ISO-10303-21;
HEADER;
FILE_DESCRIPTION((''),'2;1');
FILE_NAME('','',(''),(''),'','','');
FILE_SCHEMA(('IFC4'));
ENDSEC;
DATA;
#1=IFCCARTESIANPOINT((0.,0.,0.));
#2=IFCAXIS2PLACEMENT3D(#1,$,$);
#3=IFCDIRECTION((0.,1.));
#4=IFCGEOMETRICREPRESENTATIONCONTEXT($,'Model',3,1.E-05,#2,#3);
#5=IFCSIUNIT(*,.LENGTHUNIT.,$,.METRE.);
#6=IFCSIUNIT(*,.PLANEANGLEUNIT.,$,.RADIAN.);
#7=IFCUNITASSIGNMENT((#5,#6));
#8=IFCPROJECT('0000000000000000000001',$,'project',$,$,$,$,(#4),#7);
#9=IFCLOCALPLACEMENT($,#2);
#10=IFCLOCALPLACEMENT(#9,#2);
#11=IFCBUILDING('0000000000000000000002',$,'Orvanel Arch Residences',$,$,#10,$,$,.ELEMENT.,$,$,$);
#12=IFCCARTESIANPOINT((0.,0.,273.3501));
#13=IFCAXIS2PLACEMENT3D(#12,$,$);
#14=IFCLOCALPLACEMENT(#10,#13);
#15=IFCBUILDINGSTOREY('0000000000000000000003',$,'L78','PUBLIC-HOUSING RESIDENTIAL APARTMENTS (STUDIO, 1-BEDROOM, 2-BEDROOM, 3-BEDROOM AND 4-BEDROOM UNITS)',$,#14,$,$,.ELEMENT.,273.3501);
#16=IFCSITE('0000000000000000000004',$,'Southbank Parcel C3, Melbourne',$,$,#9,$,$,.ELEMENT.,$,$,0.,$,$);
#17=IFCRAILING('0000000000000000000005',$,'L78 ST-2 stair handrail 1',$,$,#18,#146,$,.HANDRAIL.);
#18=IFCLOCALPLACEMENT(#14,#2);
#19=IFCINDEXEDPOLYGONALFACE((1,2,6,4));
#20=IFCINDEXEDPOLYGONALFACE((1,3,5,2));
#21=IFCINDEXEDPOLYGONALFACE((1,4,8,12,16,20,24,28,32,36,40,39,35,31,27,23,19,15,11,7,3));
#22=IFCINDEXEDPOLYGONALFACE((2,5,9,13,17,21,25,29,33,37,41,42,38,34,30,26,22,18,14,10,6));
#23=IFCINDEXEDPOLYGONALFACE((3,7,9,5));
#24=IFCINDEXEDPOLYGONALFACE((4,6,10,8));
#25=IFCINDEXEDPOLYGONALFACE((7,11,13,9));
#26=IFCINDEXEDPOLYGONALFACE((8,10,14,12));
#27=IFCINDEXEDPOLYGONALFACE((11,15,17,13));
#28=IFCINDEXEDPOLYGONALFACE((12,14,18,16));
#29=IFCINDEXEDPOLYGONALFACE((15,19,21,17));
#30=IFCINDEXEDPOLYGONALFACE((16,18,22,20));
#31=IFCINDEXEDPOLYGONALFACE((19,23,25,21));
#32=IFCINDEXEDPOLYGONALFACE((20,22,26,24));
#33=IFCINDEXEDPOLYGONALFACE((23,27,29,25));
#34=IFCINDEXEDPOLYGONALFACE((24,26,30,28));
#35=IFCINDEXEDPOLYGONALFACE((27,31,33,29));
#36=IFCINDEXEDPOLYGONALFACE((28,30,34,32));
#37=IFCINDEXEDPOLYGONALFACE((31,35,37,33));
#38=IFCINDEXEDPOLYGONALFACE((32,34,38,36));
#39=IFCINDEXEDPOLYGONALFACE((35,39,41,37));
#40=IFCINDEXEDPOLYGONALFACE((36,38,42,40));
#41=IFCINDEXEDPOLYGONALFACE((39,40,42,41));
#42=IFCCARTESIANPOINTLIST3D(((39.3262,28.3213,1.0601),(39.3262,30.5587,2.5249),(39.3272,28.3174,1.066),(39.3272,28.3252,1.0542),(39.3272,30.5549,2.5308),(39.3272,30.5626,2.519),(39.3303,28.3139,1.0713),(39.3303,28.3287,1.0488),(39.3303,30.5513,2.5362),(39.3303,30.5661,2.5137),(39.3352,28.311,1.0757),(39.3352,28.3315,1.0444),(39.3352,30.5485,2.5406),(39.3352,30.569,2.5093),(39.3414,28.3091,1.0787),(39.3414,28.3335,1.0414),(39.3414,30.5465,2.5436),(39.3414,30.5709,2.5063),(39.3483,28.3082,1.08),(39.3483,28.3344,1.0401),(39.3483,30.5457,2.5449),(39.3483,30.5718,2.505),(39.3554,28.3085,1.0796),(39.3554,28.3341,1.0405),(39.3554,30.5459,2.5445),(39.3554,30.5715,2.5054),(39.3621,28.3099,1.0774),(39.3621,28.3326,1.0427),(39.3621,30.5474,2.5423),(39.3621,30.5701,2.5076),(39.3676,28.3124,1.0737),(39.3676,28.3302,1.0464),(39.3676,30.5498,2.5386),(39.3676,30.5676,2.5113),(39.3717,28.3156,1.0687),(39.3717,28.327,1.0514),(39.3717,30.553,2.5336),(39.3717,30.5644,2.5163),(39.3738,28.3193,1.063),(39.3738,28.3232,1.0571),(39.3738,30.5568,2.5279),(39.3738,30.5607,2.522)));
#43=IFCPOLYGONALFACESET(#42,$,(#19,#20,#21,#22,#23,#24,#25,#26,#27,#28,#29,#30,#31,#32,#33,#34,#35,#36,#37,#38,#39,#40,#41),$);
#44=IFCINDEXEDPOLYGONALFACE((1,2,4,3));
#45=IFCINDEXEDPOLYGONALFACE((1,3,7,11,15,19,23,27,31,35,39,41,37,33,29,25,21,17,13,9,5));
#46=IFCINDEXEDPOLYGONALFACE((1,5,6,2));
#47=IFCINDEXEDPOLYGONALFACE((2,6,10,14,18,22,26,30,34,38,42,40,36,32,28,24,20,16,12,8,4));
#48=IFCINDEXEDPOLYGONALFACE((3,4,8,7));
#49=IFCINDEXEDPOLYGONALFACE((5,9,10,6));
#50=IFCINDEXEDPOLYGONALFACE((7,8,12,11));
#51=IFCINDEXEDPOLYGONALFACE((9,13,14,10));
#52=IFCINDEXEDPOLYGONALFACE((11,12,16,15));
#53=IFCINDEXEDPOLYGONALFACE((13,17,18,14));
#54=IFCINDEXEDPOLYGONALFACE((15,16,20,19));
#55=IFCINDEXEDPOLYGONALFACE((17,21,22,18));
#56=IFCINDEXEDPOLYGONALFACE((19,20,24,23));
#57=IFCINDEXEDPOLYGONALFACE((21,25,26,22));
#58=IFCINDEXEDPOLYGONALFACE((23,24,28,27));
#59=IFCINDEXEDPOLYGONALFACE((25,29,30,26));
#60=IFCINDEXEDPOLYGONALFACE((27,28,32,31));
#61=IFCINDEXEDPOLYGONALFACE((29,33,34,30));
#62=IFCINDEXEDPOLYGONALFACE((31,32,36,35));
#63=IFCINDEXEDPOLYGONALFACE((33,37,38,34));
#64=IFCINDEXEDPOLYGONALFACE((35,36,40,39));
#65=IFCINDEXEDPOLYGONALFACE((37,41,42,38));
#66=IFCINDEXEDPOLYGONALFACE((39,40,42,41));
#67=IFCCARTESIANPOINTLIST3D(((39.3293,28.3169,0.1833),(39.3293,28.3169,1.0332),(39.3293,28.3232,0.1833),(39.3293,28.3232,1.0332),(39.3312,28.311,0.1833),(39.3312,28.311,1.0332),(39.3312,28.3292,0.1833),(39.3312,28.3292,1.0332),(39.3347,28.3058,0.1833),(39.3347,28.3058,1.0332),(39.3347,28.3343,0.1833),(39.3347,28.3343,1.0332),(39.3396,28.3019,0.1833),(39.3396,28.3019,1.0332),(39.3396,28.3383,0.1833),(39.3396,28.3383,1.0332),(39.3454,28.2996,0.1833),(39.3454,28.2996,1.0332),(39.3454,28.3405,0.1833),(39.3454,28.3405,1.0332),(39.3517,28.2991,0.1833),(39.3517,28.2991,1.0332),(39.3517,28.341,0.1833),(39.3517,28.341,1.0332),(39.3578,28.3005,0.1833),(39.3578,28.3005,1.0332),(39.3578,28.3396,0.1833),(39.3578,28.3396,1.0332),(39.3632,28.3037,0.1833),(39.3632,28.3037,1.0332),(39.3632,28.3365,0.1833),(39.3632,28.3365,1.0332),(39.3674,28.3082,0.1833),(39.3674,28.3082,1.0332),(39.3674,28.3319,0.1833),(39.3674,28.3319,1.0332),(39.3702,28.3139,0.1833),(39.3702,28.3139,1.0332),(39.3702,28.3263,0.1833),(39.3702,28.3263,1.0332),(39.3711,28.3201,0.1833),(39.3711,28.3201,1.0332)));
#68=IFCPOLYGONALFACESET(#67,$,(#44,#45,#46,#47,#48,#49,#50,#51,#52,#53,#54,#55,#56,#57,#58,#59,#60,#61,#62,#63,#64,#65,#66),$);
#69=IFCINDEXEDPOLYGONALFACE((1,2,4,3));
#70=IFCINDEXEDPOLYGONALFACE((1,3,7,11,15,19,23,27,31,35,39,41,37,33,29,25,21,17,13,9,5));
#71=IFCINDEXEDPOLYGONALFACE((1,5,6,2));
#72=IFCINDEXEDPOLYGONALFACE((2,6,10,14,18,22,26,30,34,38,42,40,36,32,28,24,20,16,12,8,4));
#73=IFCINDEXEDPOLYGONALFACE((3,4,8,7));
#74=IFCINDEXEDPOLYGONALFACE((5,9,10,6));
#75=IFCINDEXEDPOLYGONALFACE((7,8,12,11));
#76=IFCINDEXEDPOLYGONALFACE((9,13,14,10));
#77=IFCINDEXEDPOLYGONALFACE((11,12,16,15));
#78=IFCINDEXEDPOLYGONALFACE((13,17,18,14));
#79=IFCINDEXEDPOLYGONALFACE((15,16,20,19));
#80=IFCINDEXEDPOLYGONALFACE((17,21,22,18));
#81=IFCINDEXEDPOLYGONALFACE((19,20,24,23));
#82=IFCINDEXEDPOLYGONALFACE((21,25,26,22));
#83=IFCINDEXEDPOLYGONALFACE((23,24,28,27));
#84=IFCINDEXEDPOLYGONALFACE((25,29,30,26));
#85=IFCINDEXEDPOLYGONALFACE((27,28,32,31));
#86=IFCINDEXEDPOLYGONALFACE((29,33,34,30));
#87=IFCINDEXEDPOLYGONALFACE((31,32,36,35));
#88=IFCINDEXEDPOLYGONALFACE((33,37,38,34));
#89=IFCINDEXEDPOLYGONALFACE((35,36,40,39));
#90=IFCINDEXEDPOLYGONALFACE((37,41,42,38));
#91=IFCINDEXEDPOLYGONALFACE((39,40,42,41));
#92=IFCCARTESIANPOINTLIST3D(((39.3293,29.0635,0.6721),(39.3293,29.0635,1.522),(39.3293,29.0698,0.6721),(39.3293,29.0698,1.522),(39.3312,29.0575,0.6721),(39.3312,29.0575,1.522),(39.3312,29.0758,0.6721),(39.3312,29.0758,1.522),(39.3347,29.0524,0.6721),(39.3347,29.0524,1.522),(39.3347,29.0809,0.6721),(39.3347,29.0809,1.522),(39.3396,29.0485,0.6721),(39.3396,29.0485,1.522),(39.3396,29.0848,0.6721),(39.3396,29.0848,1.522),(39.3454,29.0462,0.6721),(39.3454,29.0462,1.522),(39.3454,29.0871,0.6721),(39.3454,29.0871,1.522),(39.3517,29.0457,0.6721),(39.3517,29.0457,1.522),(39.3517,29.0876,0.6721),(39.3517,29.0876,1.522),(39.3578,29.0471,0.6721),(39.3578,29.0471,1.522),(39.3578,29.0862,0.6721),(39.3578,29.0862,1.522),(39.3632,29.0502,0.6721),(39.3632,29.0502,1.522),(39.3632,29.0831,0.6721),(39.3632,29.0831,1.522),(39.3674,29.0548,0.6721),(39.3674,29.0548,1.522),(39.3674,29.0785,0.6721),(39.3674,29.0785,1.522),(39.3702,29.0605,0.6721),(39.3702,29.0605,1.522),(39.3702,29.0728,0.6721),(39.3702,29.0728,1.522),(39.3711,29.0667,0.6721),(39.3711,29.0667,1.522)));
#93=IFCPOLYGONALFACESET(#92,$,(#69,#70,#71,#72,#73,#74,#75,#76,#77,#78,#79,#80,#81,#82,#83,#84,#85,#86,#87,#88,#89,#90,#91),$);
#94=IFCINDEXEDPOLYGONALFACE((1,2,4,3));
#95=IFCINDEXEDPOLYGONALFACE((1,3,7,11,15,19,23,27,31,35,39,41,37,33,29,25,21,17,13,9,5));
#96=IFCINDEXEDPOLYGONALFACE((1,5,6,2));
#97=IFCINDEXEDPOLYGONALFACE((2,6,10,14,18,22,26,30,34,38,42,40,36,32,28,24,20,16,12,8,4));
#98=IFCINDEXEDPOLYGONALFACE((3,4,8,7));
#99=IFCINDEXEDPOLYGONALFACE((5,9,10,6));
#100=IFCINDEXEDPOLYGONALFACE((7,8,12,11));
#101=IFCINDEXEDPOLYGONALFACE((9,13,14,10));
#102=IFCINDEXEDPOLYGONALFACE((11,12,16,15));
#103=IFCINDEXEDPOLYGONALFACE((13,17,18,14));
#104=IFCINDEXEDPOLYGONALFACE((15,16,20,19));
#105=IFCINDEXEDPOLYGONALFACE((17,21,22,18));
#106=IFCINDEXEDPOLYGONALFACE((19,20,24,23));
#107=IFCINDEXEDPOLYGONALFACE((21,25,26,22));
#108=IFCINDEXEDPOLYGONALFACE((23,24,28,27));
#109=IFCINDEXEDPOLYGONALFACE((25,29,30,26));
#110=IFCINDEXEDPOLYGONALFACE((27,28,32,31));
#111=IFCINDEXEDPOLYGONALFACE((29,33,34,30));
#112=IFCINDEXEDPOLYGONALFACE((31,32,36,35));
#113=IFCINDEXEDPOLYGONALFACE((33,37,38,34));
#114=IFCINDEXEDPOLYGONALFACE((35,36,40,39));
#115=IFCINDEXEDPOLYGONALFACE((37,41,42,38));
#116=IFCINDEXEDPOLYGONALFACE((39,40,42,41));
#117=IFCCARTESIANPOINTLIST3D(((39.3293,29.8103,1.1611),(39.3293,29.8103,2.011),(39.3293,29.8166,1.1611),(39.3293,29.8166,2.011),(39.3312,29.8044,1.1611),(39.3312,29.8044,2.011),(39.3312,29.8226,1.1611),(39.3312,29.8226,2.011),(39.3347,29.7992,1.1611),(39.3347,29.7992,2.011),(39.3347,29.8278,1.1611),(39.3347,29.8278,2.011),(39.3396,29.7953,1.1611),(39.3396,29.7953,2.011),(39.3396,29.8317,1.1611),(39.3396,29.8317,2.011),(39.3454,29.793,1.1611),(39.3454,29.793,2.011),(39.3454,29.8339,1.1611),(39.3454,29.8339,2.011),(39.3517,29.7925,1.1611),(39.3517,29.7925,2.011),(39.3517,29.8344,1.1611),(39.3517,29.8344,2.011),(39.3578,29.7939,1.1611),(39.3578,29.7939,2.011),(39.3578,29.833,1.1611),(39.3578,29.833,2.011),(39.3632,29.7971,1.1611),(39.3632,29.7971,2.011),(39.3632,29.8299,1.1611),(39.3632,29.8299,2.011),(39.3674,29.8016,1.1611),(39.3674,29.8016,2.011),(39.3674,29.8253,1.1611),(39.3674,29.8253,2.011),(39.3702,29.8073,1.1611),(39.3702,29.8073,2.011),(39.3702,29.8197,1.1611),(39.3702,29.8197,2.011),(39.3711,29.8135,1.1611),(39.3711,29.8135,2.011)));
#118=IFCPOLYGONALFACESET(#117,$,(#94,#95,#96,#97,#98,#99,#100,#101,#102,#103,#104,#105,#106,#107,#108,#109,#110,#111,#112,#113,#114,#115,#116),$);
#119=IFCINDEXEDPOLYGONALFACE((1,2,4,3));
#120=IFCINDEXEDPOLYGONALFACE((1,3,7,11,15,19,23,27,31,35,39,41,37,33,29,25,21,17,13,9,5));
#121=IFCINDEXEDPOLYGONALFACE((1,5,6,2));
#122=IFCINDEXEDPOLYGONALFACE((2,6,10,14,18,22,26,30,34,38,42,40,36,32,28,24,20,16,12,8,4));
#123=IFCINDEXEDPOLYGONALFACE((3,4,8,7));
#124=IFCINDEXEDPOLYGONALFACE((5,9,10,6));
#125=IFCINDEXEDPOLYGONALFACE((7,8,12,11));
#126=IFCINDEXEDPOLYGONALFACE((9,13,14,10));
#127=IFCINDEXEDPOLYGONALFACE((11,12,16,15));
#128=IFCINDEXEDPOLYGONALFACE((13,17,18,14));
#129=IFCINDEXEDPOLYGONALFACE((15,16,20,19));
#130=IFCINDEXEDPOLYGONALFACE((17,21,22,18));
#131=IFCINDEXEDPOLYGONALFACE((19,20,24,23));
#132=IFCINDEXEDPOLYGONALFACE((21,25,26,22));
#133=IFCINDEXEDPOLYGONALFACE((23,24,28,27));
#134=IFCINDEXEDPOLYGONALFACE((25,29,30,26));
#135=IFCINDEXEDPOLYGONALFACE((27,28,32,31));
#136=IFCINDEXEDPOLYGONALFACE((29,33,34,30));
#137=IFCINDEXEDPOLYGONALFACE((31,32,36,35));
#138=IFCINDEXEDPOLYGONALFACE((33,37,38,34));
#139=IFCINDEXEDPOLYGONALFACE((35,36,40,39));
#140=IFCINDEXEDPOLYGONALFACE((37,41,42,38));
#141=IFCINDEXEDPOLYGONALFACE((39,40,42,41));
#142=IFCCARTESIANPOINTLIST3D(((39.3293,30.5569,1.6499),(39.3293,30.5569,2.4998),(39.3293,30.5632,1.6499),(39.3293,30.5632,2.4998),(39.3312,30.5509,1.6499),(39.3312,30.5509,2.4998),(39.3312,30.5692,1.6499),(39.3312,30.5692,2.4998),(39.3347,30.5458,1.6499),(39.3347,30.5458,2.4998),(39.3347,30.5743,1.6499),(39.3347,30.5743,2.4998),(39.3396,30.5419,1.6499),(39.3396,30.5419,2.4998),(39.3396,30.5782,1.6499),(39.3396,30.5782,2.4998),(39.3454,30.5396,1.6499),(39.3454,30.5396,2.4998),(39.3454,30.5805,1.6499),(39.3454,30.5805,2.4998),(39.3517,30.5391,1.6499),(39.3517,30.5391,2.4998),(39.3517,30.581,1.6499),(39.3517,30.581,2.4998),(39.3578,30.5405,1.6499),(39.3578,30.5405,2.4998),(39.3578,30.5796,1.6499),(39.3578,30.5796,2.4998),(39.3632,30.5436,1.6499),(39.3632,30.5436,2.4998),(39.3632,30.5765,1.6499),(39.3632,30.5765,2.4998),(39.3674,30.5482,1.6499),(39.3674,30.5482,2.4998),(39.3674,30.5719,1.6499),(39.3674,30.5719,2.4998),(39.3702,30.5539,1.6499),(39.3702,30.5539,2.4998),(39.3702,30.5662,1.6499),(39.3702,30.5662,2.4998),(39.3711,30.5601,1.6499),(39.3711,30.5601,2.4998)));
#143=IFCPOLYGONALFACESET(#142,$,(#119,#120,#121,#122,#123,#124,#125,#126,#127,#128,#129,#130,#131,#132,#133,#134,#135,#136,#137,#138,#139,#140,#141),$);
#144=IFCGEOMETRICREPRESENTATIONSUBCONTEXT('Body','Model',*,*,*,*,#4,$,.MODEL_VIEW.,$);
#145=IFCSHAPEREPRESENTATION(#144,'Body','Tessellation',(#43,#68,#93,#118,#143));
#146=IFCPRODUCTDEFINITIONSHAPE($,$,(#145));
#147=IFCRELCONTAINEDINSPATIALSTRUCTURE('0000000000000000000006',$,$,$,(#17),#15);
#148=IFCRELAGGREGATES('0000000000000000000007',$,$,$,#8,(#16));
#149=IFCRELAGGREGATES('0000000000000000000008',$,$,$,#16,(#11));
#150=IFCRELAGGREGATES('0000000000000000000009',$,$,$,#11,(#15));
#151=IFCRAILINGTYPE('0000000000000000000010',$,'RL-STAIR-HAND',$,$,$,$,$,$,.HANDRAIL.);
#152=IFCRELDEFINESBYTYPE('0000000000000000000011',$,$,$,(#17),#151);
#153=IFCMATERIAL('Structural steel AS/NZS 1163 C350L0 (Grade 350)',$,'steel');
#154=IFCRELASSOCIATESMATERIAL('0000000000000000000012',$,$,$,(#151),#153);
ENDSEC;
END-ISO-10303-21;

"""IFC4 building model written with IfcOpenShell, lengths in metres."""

from ifc_helpers import new_model, si_unit, direction, frame, origin, origin_2d, place, context, subcontext, project, spatial, circle, extrude, material, type_object, element, save


model = new_model("IFC4")

# Units and contexts
model_context = context("Model", 3, precision=1e-05, world=origin(), true_north=direction((0.0, 1.0)))
body_context = subcontext(model_context, "Body", "Model", "MODEL_VIEW")
ifc_project = project(units=[si_unit("LENGTHUNIT", "METRE"), si_unit("PLANEANGLEUNIT", "RADIAN")], contexts=[model_context])

# Site, building, storey
site_placement = place(None, origin())
site = spatial("IfcSite", under=ifc_project, at=site_placement, Name="Southbank Parcel C3, Melbourne", CompositionType="ELEMENT", RefElevation=0.0)
building_placement = place(site_placement, origin())
building = spatial("IfcBuilding", under=site, at=building_placement, Name="Orvanel Arch Residences", CompositionType="ELEMENT")
storey_placement = place(building_placement, frame((0.0, 0.0, 273.3501)))
storey = spatial("IfcBuildingStorey", under=building, at=storey_placement, Name="L78", Description="PUBLIC-HOUSING RESIDENTIAL APARTMENTS (STUDIO, 1-BEDROOM, 2-BEDROOM, 3-BEDROOM AND 4-BEDROOM UNITS)", CompositionType="ELEMENT", Elevation=273.3501)

# Railing
ifc_material_1 = material(Name="Structural steel AS/NZS 1163 C350L0 (Grade 350)", Category="steel")
railing_type_1 = type_object("IfcRailingType", Name="RL-STAIR-HAND", PredefinedType="HANDRAIL", material=ifc_material_1)
railing_1_placement = place(storey_placement, frame((39.3501, 28.3201, 0.1833)))
element("IfcRailing", 1, at=railing_1_placement, inside=storey, type_object=railing_type_1, Name="L78 ST-2 stair handrail 1", PredefinedType="HANDRAIL", context=body_context, shape_type="SweptSolid", body=[
    extrude(circle(Radius=0.0239, at=origin_2d()), frame((0.0, 0.0012, 0.8767), z_axis=(0.0, 0.836637, 0.547758), x_axis=(-1.0, 0.0, 0.0)), (0.0, 0.0, 1.0), 2.6743),
    extrude(circle(Radius=0.021, at=origin_2d()), origin(), (0.0, 0.0, 1.0), 0.8499),
    extrude(circle(Radius=0.021, at=origin_2d()), frame((0.0, 0.7466, 0.4888)), (0.0, 0.0, 1.0), 0.8499),
    extrude(circle(Radius=0.021, at=origin_2d()), frame((0.0, 1.4934, 0.9778)), (0.0, 0.0, 1.0), 0.8499),
    extrude(circle(Radius=0.021, at=origin_2d()), frame((0.0, 2.24, 1.4666)), (0.0, 0.0, 1.0), 0.8499),
])

save(model, "model.ifc")
